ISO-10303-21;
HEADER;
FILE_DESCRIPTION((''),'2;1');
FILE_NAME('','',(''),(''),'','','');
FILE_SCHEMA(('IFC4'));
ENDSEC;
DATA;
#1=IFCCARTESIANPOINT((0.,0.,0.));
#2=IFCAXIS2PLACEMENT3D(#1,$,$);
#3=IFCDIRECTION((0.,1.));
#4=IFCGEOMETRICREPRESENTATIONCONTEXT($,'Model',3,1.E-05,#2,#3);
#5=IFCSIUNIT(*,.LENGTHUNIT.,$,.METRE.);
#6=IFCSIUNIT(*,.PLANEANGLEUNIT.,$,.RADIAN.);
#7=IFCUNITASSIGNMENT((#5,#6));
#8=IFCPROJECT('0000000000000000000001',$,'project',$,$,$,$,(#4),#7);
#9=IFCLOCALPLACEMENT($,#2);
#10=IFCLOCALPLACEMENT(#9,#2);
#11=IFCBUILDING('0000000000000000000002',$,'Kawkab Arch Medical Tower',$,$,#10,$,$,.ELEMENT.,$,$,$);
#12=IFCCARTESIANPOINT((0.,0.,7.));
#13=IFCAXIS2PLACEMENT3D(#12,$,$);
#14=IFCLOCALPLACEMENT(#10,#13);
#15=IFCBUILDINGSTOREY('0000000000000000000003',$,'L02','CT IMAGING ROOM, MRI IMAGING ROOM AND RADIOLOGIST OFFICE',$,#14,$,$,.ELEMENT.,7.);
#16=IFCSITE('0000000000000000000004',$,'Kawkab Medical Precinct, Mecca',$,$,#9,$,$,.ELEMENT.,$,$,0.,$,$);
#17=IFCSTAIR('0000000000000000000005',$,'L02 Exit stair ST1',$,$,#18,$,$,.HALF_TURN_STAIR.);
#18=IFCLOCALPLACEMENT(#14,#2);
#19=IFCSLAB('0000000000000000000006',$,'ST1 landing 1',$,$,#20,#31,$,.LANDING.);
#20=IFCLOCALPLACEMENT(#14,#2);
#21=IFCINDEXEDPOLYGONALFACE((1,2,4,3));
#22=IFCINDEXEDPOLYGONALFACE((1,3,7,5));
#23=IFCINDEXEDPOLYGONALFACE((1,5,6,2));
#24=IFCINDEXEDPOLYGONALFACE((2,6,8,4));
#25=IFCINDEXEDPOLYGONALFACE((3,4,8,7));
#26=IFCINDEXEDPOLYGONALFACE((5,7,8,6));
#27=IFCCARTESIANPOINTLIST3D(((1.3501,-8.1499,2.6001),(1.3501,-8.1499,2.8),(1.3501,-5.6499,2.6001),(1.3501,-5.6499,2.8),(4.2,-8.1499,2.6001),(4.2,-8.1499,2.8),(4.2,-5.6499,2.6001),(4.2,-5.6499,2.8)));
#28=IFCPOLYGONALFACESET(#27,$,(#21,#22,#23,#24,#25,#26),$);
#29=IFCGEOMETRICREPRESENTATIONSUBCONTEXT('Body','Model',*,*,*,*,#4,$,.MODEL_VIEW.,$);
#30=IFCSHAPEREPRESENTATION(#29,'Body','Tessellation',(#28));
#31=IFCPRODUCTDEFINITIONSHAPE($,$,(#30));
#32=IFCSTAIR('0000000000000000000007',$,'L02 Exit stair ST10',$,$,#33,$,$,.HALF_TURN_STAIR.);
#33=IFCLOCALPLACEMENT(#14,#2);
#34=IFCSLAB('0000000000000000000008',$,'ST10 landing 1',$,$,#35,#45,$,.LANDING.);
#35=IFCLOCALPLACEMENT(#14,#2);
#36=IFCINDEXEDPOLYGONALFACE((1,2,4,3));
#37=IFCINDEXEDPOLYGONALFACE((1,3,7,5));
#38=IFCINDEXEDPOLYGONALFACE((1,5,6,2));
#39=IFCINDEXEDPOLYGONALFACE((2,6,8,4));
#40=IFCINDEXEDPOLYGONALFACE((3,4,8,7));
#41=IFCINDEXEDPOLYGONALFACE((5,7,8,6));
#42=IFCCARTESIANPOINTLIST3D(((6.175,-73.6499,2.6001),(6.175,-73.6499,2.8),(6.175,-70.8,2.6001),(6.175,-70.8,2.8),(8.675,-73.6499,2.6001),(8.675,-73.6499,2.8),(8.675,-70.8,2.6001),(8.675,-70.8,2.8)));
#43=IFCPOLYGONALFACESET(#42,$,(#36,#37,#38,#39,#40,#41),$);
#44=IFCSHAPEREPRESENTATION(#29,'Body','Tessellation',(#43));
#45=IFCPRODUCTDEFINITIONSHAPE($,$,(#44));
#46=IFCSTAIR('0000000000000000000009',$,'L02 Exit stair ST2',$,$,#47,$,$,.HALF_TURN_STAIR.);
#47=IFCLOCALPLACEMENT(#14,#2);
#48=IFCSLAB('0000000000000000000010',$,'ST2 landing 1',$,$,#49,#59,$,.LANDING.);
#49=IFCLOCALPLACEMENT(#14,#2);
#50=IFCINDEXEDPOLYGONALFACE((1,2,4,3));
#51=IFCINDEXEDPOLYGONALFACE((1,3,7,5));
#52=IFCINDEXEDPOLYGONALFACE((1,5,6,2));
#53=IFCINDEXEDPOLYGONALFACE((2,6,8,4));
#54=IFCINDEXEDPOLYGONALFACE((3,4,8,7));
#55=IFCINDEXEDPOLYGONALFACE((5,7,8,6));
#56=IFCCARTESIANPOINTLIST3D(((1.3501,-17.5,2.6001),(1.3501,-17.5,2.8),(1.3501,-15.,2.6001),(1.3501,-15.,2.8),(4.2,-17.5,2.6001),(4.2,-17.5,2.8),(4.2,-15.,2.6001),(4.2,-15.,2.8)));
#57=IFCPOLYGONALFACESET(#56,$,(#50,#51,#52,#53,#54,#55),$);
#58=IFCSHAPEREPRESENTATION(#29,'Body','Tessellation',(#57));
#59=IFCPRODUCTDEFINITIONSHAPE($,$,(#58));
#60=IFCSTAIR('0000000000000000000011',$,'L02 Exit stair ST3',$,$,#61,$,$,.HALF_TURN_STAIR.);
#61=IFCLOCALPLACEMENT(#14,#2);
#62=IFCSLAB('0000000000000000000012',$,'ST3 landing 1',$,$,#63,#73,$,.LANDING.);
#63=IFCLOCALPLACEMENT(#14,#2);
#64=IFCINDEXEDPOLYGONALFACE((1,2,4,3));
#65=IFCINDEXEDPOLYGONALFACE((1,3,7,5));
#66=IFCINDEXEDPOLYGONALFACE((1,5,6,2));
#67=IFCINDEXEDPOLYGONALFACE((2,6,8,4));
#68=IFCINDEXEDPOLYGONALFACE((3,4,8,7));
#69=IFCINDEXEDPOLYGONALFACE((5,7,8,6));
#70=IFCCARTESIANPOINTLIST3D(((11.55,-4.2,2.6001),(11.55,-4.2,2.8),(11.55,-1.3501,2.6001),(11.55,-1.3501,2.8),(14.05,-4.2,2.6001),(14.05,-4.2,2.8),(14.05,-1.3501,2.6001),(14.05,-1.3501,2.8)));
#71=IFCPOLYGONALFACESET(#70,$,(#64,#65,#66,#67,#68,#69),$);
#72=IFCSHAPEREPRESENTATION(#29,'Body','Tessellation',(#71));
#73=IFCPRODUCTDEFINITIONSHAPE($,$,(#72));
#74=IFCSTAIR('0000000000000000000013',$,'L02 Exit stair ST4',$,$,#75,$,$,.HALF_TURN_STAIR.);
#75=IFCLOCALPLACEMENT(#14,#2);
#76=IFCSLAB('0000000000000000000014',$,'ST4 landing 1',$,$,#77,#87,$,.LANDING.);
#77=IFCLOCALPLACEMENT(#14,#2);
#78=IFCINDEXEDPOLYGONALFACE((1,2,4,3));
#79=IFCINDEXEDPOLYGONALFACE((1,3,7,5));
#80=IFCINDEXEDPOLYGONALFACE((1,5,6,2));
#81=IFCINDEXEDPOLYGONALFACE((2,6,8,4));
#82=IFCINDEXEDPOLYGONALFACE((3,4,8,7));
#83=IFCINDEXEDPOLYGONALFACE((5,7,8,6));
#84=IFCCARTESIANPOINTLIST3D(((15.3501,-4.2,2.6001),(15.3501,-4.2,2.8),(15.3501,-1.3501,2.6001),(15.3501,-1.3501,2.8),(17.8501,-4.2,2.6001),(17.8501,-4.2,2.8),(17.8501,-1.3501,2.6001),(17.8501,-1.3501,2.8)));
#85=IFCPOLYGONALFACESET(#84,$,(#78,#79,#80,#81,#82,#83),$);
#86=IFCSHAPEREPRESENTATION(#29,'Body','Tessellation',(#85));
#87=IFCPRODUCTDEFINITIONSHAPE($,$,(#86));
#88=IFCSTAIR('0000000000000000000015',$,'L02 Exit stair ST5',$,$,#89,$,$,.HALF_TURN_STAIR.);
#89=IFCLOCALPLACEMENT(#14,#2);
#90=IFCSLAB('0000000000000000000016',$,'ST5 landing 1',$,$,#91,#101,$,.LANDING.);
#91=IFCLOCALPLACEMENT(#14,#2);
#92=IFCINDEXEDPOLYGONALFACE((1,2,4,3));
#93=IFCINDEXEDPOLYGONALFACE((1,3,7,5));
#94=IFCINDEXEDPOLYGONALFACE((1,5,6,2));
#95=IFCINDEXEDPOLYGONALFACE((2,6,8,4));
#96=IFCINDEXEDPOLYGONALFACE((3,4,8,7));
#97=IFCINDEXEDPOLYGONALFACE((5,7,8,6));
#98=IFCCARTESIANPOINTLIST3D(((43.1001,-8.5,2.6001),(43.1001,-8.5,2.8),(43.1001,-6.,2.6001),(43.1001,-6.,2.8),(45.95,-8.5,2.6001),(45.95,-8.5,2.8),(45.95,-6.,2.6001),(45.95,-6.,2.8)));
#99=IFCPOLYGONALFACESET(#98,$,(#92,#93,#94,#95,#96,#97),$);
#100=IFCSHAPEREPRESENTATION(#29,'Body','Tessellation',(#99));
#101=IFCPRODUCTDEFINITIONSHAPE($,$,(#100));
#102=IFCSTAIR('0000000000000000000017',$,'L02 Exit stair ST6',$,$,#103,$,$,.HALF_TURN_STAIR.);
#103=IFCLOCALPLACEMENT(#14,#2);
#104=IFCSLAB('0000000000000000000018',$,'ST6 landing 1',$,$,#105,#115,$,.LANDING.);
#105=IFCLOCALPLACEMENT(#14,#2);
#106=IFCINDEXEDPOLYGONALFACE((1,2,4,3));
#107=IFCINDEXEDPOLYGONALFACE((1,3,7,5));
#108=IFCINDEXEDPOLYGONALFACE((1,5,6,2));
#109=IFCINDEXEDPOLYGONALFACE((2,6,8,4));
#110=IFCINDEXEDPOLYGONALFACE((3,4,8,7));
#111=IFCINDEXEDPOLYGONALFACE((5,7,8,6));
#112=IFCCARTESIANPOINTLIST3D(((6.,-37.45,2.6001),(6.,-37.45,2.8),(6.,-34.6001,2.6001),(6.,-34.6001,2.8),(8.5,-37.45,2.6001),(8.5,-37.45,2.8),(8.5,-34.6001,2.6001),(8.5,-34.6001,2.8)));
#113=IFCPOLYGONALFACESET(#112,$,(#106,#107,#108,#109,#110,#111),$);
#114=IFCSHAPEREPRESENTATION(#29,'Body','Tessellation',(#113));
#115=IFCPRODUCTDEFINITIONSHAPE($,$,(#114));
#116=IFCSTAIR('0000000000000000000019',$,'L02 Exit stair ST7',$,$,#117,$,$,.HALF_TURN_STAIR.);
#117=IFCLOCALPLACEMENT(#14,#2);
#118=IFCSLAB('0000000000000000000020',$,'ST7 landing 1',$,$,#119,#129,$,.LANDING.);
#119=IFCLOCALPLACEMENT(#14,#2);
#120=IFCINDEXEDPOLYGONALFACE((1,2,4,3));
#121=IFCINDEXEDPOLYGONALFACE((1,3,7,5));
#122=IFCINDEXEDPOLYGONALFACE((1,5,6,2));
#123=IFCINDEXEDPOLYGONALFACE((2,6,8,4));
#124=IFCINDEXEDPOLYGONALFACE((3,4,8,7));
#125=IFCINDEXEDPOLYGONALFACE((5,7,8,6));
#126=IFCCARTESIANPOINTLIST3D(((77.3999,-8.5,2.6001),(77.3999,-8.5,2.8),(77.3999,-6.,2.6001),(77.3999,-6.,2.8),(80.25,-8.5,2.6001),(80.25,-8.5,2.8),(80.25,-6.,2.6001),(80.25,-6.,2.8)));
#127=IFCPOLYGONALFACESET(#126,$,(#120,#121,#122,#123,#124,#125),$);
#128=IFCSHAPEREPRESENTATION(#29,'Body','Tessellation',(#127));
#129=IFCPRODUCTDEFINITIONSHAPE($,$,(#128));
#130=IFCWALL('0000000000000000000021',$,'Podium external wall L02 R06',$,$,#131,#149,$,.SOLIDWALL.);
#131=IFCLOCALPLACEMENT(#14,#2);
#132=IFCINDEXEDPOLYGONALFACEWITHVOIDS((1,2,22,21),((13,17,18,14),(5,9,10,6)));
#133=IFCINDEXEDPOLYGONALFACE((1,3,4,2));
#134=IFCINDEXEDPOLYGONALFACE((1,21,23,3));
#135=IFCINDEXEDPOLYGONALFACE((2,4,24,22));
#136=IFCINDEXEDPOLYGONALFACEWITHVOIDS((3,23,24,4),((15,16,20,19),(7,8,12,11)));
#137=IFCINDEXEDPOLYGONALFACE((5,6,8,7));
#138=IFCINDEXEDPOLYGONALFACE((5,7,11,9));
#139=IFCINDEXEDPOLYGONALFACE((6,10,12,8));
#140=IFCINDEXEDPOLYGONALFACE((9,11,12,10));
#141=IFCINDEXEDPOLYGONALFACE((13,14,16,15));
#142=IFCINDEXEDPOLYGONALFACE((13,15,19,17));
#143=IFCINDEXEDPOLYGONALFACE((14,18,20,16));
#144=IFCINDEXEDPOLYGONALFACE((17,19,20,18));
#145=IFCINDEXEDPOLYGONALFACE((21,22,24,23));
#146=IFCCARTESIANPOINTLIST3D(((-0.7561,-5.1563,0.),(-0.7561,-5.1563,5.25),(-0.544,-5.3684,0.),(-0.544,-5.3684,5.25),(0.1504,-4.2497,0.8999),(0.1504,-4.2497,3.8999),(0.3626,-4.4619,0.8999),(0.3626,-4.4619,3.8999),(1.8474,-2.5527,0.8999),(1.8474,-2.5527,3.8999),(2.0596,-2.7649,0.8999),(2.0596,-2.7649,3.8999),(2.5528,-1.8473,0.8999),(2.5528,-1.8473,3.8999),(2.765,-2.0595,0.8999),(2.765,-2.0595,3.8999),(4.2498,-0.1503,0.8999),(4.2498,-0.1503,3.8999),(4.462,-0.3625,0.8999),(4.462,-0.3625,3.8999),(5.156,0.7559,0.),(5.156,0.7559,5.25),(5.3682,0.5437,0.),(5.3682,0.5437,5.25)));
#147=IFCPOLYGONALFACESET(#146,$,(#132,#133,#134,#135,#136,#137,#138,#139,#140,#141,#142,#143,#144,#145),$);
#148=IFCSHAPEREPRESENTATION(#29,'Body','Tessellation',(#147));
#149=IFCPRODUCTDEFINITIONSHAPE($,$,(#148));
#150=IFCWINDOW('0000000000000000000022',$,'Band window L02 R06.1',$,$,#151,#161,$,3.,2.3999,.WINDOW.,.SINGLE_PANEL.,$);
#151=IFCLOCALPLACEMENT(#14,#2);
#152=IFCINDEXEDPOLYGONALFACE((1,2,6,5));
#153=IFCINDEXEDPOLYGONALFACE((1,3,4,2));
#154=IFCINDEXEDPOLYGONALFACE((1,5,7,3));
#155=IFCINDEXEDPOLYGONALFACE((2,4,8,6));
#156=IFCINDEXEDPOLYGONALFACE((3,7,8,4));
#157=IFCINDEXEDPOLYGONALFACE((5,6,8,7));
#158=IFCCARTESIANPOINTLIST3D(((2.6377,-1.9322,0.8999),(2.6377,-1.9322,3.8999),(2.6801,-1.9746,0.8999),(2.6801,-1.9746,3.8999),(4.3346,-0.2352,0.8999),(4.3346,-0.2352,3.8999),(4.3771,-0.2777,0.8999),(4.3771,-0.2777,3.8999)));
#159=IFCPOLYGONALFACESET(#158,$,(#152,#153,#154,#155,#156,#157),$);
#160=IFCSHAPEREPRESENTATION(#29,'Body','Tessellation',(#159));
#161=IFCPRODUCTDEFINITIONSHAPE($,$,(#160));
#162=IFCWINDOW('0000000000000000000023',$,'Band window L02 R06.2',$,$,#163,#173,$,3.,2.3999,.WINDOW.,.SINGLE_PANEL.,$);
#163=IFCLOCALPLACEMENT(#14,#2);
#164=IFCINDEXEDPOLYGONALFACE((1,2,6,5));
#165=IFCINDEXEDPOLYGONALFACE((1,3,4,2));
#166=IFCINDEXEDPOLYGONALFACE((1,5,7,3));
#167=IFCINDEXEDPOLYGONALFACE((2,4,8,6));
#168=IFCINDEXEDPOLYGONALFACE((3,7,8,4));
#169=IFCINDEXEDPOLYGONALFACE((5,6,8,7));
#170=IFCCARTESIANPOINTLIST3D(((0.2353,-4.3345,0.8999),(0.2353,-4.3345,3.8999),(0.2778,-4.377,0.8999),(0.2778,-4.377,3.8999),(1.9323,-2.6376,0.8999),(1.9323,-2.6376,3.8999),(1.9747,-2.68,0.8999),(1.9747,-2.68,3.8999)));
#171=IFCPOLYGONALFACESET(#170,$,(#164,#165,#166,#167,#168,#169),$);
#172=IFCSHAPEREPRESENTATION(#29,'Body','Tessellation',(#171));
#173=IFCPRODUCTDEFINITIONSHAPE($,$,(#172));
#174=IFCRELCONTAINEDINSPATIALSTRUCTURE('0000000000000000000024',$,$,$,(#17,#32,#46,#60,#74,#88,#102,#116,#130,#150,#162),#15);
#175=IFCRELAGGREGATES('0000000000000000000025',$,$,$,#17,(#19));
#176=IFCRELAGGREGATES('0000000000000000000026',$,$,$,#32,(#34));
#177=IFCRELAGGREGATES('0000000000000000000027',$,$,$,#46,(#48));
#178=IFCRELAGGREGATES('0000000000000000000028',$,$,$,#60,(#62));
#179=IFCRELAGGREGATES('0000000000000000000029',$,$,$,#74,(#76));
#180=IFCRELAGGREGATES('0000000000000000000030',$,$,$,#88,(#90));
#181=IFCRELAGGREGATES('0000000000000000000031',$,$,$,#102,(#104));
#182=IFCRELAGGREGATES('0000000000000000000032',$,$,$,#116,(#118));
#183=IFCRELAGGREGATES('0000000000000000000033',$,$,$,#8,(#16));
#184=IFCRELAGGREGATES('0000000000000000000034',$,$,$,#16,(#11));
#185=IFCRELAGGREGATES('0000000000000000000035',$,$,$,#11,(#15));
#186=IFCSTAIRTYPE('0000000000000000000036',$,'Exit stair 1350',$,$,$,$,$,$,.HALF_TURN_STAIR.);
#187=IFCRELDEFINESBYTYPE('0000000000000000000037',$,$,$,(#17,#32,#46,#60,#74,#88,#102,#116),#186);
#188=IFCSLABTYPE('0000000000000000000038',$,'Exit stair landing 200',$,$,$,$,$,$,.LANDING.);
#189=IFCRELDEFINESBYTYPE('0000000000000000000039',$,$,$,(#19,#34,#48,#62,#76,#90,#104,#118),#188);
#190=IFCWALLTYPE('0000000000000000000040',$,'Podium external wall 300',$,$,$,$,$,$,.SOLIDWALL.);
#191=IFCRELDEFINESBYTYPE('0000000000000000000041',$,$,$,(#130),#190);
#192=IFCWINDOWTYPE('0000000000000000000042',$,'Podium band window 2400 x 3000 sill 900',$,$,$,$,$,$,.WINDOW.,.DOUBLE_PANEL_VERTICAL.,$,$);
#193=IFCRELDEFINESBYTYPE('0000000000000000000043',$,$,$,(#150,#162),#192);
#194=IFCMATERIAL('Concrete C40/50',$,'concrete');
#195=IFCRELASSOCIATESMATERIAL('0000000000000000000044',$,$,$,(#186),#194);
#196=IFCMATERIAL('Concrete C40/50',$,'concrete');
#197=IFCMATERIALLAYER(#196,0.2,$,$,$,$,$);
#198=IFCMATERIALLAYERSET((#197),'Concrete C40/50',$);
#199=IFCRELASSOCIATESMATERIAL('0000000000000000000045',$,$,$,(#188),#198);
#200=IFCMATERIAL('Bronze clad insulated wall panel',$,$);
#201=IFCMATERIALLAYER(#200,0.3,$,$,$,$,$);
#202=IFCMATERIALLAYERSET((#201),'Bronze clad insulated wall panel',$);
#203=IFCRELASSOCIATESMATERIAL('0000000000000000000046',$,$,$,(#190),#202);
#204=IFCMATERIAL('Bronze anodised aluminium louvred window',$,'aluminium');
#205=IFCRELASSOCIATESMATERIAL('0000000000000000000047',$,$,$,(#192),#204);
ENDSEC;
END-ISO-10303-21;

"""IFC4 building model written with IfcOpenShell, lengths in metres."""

from ifc_helpers import new_model, si_unit, direction, frame, frame_2d, origin, place, context, subcontext, project, spatial, polyline, rectangle, outline, extrude, material, layer, layer_set, type_object, element, fill, aggregate, save


model = new_model("IFC4")

# Units and contexts
model_context = context("Model", 3, precision=1e-05, world=origin(), true_north=direction((0.0, 1.0)))
body_context = subcontext(model_context, "Body", "Model", "MODEL_VIEW")
ifc_project = project(units=[si_unit("LENGTHUNIT", "METRE"), si_unit("PLANEANGLEUNIT", "RADIAN")], contexts=[model_context])

# Site, building, storey
site_placement = place(None, origin())
site = spatial("IfcSite", under=ifc_project, at=site_placement, Name="Kawkab Medical Precinct, Mecca", CompositionType="ELEMENT", RefElevation=0.0)
building_placement = place(site_placement, origin())
building = spatial("IfcBuilding", under=site, at=building_placement, Name="Kawkab Arch Medical Tower", CompositionType="ELEMENT")
storey_placement = place(building_placement, frame((0.0, 0.0, 7.0)))
storey = spatial("IfcBuildingStorey", under=building, at=storey_placement, Name="L02", Description="CT IMAGING ROOM, MRI IMAGING ROOM AND RADIOLOGIST OFFICE", CompositionType="ELEMENT", Elevation=7.0)

# Stairs, slabs
ifc_material_1 = material(Name="Concrete C40/50", Category="concrete")
stair_type = type_object("IfcStairType", Name="Exit stair 1350", PredefinedType="HALF_TURN_STAIR", material=ifc_material_1)
placement_1 = place(storey_placement, origin())
stair_1 = element("IfcStair", 1, at=placement_1, inside=storey, type_object=stair_type, Name="L02 Exit stair ST1", PredefinedType="HALF_TURN_STAIR")
ifc_material_2 = material(Name="Concrete C40/50", Category="concrete")
ifc_layer_1 = layer(ifc_material_2, 0.2)
ifc_layer_set_1 = layer_set([ifc_layer_1], Name="Concrete C40/50")
slab_type = type_object("IfcSlabType", Name="Exit stair landing 200", PredefinedType="LANDING", material=ifc_layer_set_1)
placement_2 = place(storey_placement, frame((0.0, 0.0, 2.6001)))
slab_1 = element("IfcSlab", 2, at=placement_2, type_object=slab_type, Name="ST1 landing 1", PredefinedType="LANDING", context=body_context, shape_type="SweptSolid", body=[
    extrude(outline(polyline([(4.2, -8.1499), (4.2, -5.6499), (1.3501, -5.6499), (1.3501, -8.1499), (4.2, -8.1499)])), origin(), (0.0, 0.0, 1.0), 0.2),
])
aggregate(stair_1, [slab_1])
stair_2 = element("IfcStair", 3, at=placement_1, inside=storey, type_object=stair_type, Name="L02 Exit stair ST10", PredefinedType="HALF_TURN_STAIR")
slab_2 = element("IfcSlab", 4, at=placement_2, type_object=slab_type, Name="ST10 landing 1", PredefinedType="LANDING", context=body_context, shape_type="SweptSolid", body=[
    extrude(outline(polyline([(6.175, -73.6499), (8.675, -73.6499), (8.675, -70.8), (6.175, -70.8), (6.175, -73.6499)])), origin(), (0.0, 0.0, 1.0), 0.2),
])
aggregate(stair_2, [slab_2])
stair_3 = element("IfcStair", 5, at=placement_1, inside=storey, type_object=stair_type, Name="L02 Exit stair ST2", PredefinedType="HALF_TURN_STAIR")
slab_3 = element("IfcSlab", 6, at=placement_2, type_object=slab_type, Name="ST2 landing 1", PredefinedType="LANDING", context=body_context, shape_type="SweptSolid", body=[
    extrude(outline(polyline([(4.2, -17.5), (4.2, -15.0), (1.3501, -15.0), (1.3501, -17.5), (4.2, -17.5)])), origin(), (0.0, 0.0, 1.0), 0.2),
])
aggregate(stair_3, [slab_3])
stair_4 = element("IfcStair", 7, at=placement_1, inside=storey, type_object=stair_type, Name="L02 Exit stair ST3", PredefinedType="HALF_TURN_STAIR")
slab_4 = element("IfcSlab", 8, at=placement_2, type_object=slab_type, Name="ST3 landing 1", PredefinedType="LANDING", context=body_context, shape_type="SweptSolid", body=[
    extrude(outline(polyline([(11.55, -4.2), (14.05, -4.2), (14.05, -1.3501), (11.55, -1.3501), (11.55, -4.2)])), origin(), (0.0, 0.0, 1.0), 0.2),
])
aggregate(stair_4, [slab_4])
stair_5 = element("IfcStair", 9, at=placement_1, inside=storey, type_object=stair_type, Name="L02 Exit stair ST4", PredefinedType="HALF_TURN_STAIR")
slab_5 = element("IfcSlab", 10, at=placement_2, type_object=slab_type, Name="ST4 landing 1", PredefinedType="LANDING", context=body_context, shape_type="SweptSolid", body=[
    extrude(outline(polyline([(17.8501, -1.3501), (15.3501, -1.3501), (15.3501, -4.2), (17.8501, -4.2), (17.8501, -1.3501)])), origin(), (0.0, 0.0, 1.0), 0.2),
])
aggregate(stair_5, [slab_5])
stair_6 = element("IfcStair", 11, at=placement_1, inside=storey, type_object=stair_type, Name="L02 Exit stair ST5", PredefinedType="HALF_TURN_STAIR")
slab_6 = element("IfcSlab", 12, at=placement_2, type_object=slab_type, Name="ST5 landing 1", PredefinedType="LANDING", context=body_context, shape_type="SweptSolid", body=[
    extrude(outline(polyline([(43.1001, -6.0), (43.1001, -8.5), (45.95, -8.5), (45.95, -6.0), (43.1001, -6.0)])), origin(), (0.0, 0.0, 1.0), 0.2),
])
aggregate(stair_6, [slab_6])
stair_7 = element("IfcStair", 13, at=placement_1, inside=storey, type_object=stair_type, Name="L02 Exit stair ST6", PredefinedType="HALF_TURN_STAIR")
slab_7 = element("IfcSlab", 14, at=placement_2, type_object=slab_type, Name="ST6 landing 1", PredefinedType="LANDING", context=body_context, shape_type="SweptSolid", body=[
    extrude(outline(polyline([(6.0, -37.45), (8.5, -37.45), (8.5, -34.6001), (6.0, -34.6001), (6.0, -37.45)])), origin(), (0.0, 0.0, 1.0), 0.2),
])
aggregate(stair_7, [slab_7])
stair_8 = element("IfcStair", 15, at=placement_1, inside=storey, type_object=stair_type, Name="L02 Exit stair ST7", PredefinedType="HALF_TURN_STAIR")
slab_8 = element("IfcSlab", 16, at=placement_2, type_object=slab_type, Name="ST7 landing 1", PredefinedType="LANDING", context=body_context, shape_type="SweptSolid", body=[
    extrude(outline(polyline([(77.3999, -6.0), (77.3999, -8.5), (80.25, -8.5), (80.25, -6.0), (77.3999, -6.0)])), origin(), (0.0, 0.0, 1.0), 0.2),
])
aggregate(stair_8, [slab_8])

# Wall, openings, windows
ifc_material_3 = material(Name="Bronze clad insulated wall panel")
ifc_layer_2 = layer(ifc_material_3, 0.3)
ifc_layer_set_2 = layer_set([ifc_layer_2], Name="Bronze clad insulated wall panel")
wall_type = type_object("IfcWallType", Name="Podium external wall 300", PredefinedType="SOLIDWALL", material=ifc_layer_set_2)
wall_placement = place(storey_placement, frame((5.2622, 0.6499, 0.0), z_axis=(0.0, 0.0, 1.0), x_axis=(-0.707107, -0.707107, 0.0)))
wall = element("IfcWall", 17, at=wall_placement, inside=storey, type_object=wall_type, Name="Podium external wall L02 R06", PredefinedType="SOLIDWALL", context=body_context, shape_type="SweptSolid", body=[
    extrude(rectangle(XDim=8.3611, YDim=0.3, at=frame_2d((4.1807, 0.0))), origin(), (0.0, 0.0, 1.0), 5.25),
])
opening_1_placement = place(wall_placement, frame((1.2817, 0.0, 0.8999)))
opening_1 = element("IfcOpeningElement", 18, at=opening_1_placement, cuts=wall, PredefinedType="OPENING", context=body_context, shape_type="SweptSolid", body=[
    extrude(rectangle(XDim=2.3999, YDim=3.0, at=frame_2d((1.2, 1.5))), frame((0.0, 0.1599, 0.0), z_axis=(0.0, -1.0, 0.0), x_axis=(1.0, 0.0, 0.0)), (0.0, 0.0, 1.0), 0.3201),
])
opening_2_placement = place(wall_placement, frame((4.6792, 0.0, 0.8999)))
opening_2 = element("IfcOpeningElement", 19, at=opening_2_placement, cuts=wall, PredefinedType="OPENING", context=body_context, shape_type="SweptSolid", body=[
    extrude(rectangle(XDim=2.3999, YDim=3.0, at=frame_2d((1.2, 1.5))), frame((0.0, 0.1599, 0.0), z_axis=(0.0, -1.0, 0.0), x_axis=(1.0, 0.0, 0.0)), (0.0, 0.0, 1.0), 0.3201),
])
ifc_material_4 = material(Name="Bronze anodised aluminium louvred window", Category="aluminium")
window_type = type_object("IfcWindowType", Name="Podium band window 2400 x 3000 sill 900", PartitioningType="DOUBLE_PANEL_VERTICAL", PredefinedType="WINDOW", material=ifc_material_4)
window_1_placement = place(opening_1_placement, origin())
window_1 = element("IfcWindow", 20, at=window_1_placement, inside=storey, type_object=window_type, Name="Band window L02 R06.1", OverallHeight=3.0, OverallWidth=2.3999, PartitioningType="SINGLE_PANEL", PredefinedType="WINDOW", context=body_context, shape_type="SweptSolid", body=[
    extrude(rectangle(XDim=2.3999, YDim=3.0, at=frame_2d((1.2, 1.5))), frame((0.0, 0.03, 0.0), z_axis=(0.0, -1.0, 0.0), x_axis=(1.0, 0.0, 0.0)), (0.0, 0.0, 1.0), 0.0601),
])
fill(opening_1, window_1)
window_2_placement = place(opening_2_placement, origin())
window_2 = element("IfcWindow", 21, at=window_2_placement, inside=storey, type_object=window_type, Name="Band window L02 R06.2", OverallHeight=3.0, OverallWidth=2.3999, PartitioningType="SINGLE_PANEL", PredefinedType="WINDOW", context=body_context, shape_type="SweptSolid", body=[
    extrude(rectangle(XDim=2.3999, YDim=3.0, at=frame_2d((1.2, 1.5))), frame((0.0, 0.03, 0.0), z_axis=(0.0, -1.0, 0.0), x_axis=(1.0, 0.0, 0.0)), (0.0, 0.0, 1.0), 0.0601),
])
fill(opening_2, window_2)

save(model, "model.ifc")
